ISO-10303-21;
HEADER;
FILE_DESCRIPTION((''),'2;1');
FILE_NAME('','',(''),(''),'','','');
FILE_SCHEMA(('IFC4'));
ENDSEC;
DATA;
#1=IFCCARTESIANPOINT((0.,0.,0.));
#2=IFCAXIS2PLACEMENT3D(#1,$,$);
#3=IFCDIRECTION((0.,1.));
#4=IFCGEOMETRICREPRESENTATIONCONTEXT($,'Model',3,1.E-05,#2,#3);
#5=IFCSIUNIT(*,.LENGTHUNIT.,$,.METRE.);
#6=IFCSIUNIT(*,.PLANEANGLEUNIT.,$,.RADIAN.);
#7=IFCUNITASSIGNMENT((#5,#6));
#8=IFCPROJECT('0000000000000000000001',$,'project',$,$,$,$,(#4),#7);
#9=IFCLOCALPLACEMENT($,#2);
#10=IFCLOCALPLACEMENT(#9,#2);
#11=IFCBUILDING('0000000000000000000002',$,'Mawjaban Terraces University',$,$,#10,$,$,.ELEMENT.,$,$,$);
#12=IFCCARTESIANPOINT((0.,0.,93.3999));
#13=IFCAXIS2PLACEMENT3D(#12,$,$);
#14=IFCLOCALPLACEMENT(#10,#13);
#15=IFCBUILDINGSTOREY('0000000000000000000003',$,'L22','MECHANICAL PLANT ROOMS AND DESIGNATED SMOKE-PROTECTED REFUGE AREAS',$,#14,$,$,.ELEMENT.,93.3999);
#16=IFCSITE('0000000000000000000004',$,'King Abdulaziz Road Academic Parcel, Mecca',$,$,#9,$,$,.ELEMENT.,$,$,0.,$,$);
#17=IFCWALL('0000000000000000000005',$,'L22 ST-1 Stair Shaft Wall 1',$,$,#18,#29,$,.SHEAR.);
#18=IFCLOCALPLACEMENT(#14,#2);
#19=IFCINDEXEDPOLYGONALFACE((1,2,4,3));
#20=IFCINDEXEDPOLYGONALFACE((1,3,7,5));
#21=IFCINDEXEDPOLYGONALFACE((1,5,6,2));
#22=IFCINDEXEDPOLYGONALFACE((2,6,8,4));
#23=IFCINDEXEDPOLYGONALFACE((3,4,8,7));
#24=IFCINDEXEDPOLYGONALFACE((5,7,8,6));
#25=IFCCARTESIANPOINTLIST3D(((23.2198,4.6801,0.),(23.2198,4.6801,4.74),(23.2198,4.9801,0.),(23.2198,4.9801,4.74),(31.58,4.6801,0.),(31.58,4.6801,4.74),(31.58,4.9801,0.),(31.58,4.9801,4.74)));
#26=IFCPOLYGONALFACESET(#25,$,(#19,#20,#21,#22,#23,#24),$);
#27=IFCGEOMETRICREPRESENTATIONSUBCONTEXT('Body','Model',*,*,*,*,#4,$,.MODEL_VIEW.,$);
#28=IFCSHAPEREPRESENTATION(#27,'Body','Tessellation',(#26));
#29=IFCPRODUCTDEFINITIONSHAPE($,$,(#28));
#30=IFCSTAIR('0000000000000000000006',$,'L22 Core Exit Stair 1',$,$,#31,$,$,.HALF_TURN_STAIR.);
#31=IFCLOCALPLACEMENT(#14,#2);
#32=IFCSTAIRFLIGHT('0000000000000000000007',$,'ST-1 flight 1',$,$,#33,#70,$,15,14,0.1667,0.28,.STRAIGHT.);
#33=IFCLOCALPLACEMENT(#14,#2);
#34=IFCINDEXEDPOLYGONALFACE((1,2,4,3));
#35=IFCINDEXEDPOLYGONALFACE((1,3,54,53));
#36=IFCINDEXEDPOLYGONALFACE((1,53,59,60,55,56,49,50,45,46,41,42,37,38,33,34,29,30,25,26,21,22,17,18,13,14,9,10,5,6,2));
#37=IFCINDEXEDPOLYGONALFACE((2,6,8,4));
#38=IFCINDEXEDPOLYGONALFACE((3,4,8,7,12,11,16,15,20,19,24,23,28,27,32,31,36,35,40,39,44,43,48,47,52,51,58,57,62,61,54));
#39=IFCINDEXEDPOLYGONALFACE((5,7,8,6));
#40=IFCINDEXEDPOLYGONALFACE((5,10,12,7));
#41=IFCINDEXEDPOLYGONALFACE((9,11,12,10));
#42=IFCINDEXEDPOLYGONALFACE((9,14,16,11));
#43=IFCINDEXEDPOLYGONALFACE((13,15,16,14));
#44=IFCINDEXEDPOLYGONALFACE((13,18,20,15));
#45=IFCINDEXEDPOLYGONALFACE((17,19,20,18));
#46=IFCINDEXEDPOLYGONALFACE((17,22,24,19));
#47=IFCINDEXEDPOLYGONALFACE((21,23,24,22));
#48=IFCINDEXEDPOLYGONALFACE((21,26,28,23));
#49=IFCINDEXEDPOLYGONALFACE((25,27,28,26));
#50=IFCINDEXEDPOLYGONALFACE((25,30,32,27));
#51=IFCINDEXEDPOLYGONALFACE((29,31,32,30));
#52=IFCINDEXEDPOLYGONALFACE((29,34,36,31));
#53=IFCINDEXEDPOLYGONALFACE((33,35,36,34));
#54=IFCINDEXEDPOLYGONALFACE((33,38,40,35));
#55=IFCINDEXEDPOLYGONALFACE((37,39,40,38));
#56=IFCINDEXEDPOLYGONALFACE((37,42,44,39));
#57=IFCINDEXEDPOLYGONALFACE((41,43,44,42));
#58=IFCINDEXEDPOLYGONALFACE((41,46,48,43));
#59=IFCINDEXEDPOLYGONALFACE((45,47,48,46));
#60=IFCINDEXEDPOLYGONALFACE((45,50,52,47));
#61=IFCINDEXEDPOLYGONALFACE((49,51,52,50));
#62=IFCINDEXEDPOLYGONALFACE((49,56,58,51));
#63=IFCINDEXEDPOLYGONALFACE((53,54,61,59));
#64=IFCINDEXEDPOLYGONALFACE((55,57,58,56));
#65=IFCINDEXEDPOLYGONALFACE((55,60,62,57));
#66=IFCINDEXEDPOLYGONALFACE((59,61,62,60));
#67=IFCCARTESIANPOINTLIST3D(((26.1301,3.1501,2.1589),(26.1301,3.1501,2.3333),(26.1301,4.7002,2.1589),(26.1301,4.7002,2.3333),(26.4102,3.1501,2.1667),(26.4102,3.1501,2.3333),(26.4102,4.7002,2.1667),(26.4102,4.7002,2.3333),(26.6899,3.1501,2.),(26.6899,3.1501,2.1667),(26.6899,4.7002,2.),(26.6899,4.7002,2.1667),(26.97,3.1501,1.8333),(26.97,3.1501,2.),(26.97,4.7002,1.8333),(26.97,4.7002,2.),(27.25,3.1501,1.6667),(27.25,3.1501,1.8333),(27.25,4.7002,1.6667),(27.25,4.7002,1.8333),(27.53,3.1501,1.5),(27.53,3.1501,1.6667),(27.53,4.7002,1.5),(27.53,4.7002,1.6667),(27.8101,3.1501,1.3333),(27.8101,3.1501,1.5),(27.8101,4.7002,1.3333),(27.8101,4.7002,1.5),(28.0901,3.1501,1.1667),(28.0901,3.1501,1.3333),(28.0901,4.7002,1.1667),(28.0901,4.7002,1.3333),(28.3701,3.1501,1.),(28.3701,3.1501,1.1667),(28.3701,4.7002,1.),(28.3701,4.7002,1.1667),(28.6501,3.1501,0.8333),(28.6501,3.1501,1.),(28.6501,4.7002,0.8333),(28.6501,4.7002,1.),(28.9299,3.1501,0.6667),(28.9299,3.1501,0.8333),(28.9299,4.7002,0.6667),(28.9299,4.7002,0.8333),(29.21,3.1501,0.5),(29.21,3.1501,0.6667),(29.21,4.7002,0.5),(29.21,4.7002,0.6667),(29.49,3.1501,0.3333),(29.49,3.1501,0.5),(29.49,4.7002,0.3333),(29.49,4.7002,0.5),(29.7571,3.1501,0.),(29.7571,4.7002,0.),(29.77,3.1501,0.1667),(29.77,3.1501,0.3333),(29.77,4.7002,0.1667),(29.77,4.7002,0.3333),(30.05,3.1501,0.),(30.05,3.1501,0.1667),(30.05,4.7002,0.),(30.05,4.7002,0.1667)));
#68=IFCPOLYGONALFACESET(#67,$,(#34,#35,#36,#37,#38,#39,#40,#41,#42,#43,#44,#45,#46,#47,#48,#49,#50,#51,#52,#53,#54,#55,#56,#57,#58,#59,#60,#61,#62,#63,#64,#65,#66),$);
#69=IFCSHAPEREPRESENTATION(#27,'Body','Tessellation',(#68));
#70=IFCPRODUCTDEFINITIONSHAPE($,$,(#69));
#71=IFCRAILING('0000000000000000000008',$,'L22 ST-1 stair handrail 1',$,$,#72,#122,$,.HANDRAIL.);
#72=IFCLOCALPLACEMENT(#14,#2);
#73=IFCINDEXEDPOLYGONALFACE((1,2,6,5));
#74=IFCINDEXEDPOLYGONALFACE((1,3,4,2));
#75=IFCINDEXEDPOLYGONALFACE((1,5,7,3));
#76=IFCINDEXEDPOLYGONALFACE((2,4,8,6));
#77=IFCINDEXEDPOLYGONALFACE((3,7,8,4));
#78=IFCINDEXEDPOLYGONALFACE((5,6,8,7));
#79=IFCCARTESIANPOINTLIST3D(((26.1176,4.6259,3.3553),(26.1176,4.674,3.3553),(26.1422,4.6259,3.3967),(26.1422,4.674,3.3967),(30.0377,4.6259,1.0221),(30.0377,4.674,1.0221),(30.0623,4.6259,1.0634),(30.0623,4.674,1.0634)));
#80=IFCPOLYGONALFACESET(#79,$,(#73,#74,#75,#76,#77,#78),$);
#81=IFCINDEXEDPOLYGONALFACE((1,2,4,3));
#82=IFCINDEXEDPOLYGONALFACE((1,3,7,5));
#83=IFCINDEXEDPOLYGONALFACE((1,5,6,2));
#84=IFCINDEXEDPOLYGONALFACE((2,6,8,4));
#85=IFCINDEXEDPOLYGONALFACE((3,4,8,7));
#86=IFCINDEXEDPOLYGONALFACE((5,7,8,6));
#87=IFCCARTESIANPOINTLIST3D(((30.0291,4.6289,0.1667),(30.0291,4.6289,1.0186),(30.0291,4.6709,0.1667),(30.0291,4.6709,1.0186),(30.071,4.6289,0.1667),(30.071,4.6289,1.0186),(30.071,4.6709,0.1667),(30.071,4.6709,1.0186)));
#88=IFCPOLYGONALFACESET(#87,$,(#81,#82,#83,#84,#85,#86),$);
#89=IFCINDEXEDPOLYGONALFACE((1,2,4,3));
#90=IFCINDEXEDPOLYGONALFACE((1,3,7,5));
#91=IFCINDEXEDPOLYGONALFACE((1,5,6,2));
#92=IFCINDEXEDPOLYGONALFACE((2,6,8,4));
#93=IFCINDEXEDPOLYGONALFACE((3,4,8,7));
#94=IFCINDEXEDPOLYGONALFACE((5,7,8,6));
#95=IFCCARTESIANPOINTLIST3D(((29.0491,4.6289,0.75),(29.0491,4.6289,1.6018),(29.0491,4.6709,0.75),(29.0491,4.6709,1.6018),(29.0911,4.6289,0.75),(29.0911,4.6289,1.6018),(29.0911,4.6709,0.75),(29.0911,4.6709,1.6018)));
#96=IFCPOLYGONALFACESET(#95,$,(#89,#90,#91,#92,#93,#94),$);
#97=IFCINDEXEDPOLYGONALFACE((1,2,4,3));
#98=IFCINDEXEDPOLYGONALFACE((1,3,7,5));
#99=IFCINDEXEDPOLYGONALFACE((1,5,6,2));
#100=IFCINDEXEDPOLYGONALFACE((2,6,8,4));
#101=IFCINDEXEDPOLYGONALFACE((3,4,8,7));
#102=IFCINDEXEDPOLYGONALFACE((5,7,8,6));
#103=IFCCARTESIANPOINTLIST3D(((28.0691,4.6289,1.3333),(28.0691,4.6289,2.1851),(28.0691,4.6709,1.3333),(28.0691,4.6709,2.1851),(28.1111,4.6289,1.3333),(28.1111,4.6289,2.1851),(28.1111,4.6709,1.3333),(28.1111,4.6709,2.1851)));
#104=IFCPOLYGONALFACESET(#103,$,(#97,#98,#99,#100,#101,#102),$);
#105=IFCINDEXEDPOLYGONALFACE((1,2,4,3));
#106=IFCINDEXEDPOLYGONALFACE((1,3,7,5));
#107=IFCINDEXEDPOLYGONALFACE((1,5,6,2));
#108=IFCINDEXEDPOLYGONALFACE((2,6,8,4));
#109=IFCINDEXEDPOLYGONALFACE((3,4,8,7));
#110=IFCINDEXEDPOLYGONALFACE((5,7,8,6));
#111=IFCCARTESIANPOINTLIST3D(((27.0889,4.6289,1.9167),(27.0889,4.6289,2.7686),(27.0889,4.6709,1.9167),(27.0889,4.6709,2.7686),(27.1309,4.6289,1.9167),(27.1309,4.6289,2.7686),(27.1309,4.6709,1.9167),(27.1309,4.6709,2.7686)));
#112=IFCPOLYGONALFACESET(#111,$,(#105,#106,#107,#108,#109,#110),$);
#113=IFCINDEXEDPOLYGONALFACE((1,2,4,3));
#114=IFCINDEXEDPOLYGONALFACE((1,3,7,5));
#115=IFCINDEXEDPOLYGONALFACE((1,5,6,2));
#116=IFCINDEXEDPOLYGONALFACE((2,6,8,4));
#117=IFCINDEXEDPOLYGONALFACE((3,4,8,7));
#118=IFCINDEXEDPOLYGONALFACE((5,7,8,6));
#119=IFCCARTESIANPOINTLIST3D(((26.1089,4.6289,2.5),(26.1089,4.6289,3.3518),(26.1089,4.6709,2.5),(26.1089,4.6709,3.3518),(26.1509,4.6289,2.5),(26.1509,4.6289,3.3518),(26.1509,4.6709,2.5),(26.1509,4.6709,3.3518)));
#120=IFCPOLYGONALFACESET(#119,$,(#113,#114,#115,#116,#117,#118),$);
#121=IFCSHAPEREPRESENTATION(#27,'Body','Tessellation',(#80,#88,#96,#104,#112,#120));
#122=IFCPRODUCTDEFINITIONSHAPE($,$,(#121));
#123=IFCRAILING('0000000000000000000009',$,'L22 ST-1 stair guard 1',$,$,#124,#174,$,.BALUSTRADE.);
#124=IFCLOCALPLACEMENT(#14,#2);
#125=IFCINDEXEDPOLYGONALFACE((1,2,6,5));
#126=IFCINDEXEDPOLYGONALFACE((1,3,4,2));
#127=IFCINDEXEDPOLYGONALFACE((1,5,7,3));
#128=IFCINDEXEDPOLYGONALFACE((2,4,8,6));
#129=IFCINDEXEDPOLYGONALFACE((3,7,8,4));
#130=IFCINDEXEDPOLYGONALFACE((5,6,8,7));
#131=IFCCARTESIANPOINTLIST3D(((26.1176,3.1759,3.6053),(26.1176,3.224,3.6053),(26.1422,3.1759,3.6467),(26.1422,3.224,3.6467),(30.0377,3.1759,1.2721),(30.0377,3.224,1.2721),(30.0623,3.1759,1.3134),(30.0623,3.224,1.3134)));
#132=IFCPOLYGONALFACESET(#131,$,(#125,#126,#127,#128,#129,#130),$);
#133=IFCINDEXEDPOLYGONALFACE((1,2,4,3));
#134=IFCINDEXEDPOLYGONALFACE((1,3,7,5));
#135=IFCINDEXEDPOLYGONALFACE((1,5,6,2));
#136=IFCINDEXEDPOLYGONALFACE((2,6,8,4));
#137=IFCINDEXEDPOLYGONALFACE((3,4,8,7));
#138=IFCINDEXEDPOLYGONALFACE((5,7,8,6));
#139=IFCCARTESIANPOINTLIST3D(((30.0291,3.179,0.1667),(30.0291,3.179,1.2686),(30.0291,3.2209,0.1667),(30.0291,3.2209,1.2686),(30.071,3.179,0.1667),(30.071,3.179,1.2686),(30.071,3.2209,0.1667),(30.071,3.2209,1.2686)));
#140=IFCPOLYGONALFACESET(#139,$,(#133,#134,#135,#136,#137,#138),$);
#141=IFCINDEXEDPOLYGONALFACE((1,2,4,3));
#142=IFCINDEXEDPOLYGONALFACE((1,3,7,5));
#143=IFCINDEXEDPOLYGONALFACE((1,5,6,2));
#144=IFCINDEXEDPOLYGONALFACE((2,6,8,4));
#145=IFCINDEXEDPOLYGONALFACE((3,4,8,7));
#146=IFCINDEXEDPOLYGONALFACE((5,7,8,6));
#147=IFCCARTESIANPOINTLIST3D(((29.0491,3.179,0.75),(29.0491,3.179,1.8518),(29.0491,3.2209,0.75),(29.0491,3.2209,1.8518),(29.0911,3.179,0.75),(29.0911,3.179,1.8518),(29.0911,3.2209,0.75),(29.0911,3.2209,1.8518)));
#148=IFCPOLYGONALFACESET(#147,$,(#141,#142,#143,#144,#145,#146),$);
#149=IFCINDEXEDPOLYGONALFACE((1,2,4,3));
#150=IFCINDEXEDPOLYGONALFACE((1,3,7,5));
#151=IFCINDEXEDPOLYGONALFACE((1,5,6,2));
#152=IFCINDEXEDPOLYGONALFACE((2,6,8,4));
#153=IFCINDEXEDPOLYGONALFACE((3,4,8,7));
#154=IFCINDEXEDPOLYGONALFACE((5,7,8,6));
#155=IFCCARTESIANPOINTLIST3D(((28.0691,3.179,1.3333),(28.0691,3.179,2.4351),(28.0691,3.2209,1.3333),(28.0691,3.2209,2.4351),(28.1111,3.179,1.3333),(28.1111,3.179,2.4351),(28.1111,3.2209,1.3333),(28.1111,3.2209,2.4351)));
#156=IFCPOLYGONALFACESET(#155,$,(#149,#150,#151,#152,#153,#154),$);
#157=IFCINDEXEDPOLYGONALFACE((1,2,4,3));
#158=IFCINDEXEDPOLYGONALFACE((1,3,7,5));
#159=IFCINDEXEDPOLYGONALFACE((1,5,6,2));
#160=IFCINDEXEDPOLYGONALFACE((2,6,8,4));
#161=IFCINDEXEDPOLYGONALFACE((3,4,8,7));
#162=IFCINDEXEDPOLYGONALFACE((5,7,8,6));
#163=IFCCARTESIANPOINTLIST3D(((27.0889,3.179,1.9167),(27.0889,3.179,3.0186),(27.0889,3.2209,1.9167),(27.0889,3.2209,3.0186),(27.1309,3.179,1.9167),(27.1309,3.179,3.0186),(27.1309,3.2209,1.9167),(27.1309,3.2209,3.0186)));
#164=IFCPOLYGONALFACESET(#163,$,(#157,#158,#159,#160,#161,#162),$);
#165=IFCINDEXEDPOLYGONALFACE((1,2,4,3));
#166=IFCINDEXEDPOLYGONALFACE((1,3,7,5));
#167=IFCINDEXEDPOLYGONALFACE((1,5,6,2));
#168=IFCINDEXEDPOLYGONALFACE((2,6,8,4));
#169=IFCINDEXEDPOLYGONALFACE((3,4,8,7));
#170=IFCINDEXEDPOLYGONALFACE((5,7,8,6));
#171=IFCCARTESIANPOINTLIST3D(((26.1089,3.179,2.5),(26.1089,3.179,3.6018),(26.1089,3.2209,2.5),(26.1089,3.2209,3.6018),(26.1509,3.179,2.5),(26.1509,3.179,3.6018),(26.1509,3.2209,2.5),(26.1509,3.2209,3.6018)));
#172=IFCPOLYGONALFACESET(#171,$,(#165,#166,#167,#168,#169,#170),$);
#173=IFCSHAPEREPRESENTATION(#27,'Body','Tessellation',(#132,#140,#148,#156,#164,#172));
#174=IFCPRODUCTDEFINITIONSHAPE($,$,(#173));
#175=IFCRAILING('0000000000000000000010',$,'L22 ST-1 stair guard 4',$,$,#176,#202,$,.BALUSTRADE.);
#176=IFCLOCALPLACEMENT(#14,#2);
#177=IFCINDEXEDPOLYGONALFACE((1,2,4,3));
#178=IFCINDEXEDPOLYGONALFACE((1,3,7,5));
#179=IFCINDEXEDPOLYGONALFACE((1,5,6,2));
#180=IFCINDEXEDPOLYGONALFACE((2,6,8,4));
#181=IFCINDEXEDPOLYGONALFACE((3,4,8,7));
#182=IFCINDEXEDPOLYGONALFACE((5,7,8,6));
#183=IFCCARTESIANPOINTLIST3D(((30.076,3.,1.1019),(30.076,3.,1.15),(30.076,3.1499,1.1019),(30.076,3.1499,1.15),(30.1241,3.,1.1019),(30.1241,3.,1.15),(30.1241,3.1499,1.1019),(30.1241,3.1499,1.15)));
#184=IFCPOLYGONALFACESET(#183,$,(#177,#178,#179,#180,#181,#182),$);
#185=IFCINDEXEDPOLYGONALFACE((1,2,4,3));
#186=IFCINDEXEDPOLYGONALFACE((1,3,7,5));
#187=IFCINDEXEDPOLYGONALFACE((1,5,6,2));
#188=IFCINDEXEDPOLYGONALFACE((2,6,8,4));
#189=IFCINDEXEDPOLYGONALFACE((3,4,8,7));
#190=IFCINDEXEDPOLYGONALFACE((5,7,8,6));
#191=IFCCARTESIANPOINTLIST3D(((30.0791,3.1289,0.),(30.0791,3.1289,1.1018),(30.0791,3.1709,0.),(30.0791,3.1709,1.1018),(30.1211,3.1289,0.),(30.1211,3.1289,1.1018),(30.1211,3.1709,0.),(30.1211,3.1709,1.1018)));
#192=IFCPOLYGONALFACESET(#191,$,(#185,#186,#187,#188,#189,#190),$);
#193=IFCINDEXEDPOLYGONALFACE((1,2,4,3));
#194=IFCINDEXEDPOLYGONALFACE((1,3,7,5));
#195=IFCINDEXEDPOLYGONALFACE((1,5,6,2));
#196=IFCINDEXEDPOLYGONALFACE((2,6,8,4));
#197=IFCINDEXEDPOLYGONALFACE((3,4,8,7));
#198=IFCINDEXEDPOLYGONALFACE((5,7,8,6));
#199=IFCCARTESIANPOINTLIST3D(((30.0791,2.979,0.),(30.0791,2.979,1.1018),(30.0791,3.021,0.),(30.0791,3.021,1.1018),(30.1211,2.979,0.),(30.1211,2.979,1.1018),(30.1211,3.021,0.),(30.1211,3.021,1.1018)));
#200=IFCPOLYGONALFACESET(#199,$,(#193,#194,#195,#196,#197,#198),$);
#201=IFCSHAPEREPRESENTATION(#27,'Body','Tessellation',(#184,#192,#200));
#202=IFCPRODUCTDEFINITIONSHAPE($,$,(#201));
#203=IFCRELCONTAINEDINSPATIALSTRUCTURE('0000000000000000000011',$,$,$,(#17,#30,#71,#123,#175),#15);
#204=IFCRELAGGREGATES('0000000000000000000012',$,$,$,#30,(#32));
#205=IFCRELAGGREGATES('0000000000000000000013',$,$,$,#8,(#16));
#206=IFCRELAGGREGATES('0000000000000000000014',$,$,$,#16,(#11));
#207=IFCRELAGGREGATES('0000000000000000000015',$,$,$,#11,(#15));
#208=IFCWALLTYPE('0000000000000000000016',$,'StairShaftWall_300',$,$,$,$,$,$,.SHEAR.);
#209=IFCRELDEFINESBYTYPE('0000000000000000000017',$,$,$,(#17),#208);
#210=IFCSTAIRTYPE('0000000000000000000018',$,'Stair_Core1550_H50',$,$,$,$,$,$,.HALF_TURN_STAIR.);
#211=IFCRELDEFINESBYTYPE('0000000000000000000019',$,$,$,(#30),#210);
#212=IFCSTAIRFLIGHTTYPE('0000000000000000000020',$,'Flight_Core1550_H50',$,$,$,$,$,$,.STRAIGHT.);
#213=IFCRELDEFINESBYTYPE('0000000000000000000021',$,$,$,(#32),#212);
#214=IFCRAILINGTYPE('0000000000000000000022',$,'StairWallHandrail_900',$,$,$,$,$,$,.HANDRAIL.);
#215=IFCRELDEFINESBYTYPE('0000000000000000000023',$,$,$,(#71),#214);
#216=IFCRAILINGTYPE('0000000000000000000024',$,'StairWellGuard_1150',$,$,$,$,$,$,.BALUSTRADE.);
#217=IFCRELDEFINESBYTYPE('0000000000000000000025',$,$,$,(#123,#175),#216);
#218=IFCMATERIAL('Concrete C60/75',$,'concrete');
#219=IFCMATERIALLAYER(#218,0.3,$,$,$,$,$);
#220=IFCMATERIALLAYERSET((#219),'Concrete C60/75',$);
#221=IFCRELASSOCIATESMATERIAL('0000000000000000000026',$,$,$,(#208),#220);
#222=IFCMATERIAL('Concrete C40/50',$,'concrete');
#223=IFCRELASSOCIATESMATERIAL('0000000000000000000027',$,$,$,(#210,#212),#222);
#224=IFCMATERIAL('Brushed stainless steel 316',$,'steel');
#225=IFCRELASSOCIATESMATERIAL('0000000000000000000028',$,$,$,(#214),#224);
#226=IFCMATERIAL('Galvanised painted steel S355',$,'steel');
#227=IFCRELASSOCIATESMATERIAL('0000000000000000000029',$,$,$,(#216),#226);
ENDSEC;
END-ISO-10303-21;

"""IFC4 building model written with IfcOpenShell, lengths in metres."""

from ifc_helpers import new_model, si_unit, direction, frame, frame_2d, origin, origin_2d, place, context, subcontext, project, spatial, polyline, rectangle, outline, extrude, material, layer, layer_set, type_object, element, aggregate, save


model = new_model("IFC4")

# Units and contexts
model_context = context("Model", 3, precision=1e-05, world=origin(), true_north=direction((0.0, 1.0)))
body_context = subcontext(model_context, "Body", "Model", "MODEL_VIEW")
ifc_project = project(units=[si_unit("LENGTHUNIT", "METRE"), si_unit("PLANEANGLEUNIT", "RADIAN")], contexts=[model_context])

# Site, building, storey
site_placement = place(None, origin())
site = spatial("IfcSite", under=ifc_project, at=site_placement, Name="King Abdulaziz Road Academic Parcel, Mecca", CompositionType="ELEMENT", RefElevation=0.0)
building_placement = place(site_placement, origin())
building = spatial("IfcBuilding", under=site, at=building_placement, Name="Mawjaban Terraces University", CompositionType="ELEMENT")
storey_placement = place(building_placement, frame((0.0, 0.0, 93.3999)))
storey = spatial("IfcBuildingStorey", under=building, at=storey_placement, Name="L22", Description="MECHANICAL PLANT ROOMS AND DESIGNATED SMOKE-PROTECTED REFUGE AREAS", CompositionType="ELEMENT", Elevation=93.3999)

# Shared definitions
ifc_material_1 = material(Name="Concrete C40/50", Category="concrete")

# Wall
ifc_material_2 = material(Name="Concrete C60/75", Category="concrete")
ifc_layer_1 = layer(ifc_material_2, 0.3)
ifc_layer_set_1 = layer_set([ifc_layer_1], Name="Concrete C60/75")
wall_type_1 = type_object("IfcWallType", Name="StairShaftWall_300", PredefinedType="SHEAR", material=ifc_layer_set_1)
wall_1_placement = place(storey_placement, frame((31.5801, 4.8301, 0.0), z_axis=(0.0, 0.0, 1.0), x_axis=(-1.0, 0.0, 0.0)))
element("IfcWall", 1, at=wall_1_placement, inside=storey, type_object=wall_type_1, Name="L22 ST-1 Stair Shaft Wall 1", PredefinedType="SHEAR", context=body_context, shape_type="SweptSolid", body=[
    extrude(rectangle(XDim=8.3601, YDim=0.3, at=frame_2d((4.1802, 0.0))), origin(), (0.0, 0.0, 1.0), 4.74),
])

# Stair, stair flight
stair_type = type_object("IfcStairType", Name="Stair_Core1550_H50", PredefinedType="HALF_TURN_STAIR", material=ifc_material_1)
stair_placement = place(storey_placement, origin())
stair = element("IfcStair", 2, at=stair_placement, inside=storey, type_object=stair_type, Name="L22 Core Exit Stair 1", PredefinedType="HALF_TURN_STAIR")
stair_flight_type = type_object("IfcStairFlightType", Name="Flight_Core1550_H50", PredefinedType="STRAIGHT", material=ifc_material_1)
stair_flight_placement = place(storey_placement, frame((30.05, 3.925, 0.0), z_axis=(0.0, 0.0, 1.0), x_axis=(-1.0, 0.0, 0.0)))
stair_flight = element("IfcStairFlight", 3, at=stair_flight_placement, type_object=stair_flight_type, Name="ST-1 flight 1", NumberOfRisers=15, NumberOfTreads=14, PredefinedType="STRAIGHT", RiserHeight=0.1667, TreadLength=0.28, context=body_context, shape_type="SweptSolid", body=[
    extrude(outline(polyline([(0.0, 0.0), (0.0, 0.1667), (0.28, 0.1667), (0.28, 0.3333), (0.5601, 0.3333), (0.5601, 0.5), (0.8401, 0.5), (0.8401, 0.6667), (1.1201, 0.6667), (1.1201, 0.8333), (1.3999, 0.8333), (1.3999, 1.0), (1.6799, 1.0), (1.6799, 1.1667), (1.96, 1.1667), (1.96, 1.3333), (2.24, 1.3333), (2.24, 1.5), (2.52, 1.5), (2.52, 1.6667), (2.8, 1.6667), (2.8, 1.8333), (3.0801, 1.8333), (3.0801, 2.0), (3.3601, 2.0), (3.3601, 2.1667), (3.6399, 2.1667), (3.6399, 2.3333), (3.9199, 2.3333), (3.9199, 2.5), (3.9199, 2.1589), (0.293, 0.0), (0.0, 0.0)])), frame((0.0, 0.7749, 0.0), z_axis=(0.0, -1.0, 0.0), x_axis=(1.0, 0.0, 0.0)), (0.0, 0.0, 1.0), 1.55),
])
aggregate(stair, [stair_flight])

# Railings
ifc_material_3 = material(Name="Brushed stainless steel 316", Category="steel")
railing_type_1 = type_object("IfcRailingType", Name="StairWallHandrail_900", PredefinedType="HANDRAIL", material=ifc_material_3)
railing_1_placement = place(storey_placement, frame((30.05, 4.6499, 0.1667)))
element("IfcRailing", 4, at=railing_1_placement, inside=storey, type_object=railing_type_1, Name="L22 ST-1 stair handrail 1", PredefinedType="HANDRAIL", context=body_context, shape_type="SweptSolid", body=[
    extrude(rectangle(XDim=0.0481, YDim=0.0481, at=origin_2d()), frame((0.0, 0.0, 0.876), z_axis=(-0.85931, 0.0, 0.511455), x_axis=(0.0, -1.0, 0.0)), (0.0, 0.0, 1.0), 4.562),
    extrude(rectangle(XDim=0.042, YDim=0.042, at=origin_2d()), origin(), (0.0, 0.0, 1.0), 0.8518),
    extrude(rectangle(XDim=0.042, YDim=0.042, at=origin_2d()), frame((-0.98, 0.0, 0.5833)), (0.0, 0.0, 1.0), 0.8518),
    extrude(rectangle(XDim=0.042, YDim=0.042, at=origin_2d()), frame((-1.96, 0.0, 1.1665)), (0.0, 0.0, 1.0), 0.8518),
    extrude(rectangle(XDim=0.042, YDim=0.042, at=origin_2d()), frame((-2.9402, 0.0, 1.75)), (0.0, 0.0, 1.0), 0.8518),
    extrude(rectangle(XDim=0.042, YDim=0.042, at=origin_2d()), frame((-3.9202, 0.0, 2.3333)), (0.0, 0.0, 1.0), 0.8518),
])
ifc_material_4 = material(Name="Galvanised painted steel S355", Category="steel")
railing_type_2 = type_object("IfcRailingType", Name="StairWellGuard_1150", PredefinedType="BALUSTRADE", material=ifc_material_4)
railing_2_placement = place(storey_placement, frame((30.05, 3.2, 0.1667)))
element("IfcRailing", 5, at=railing_2_placement, inside=storey, type_object=railing_type_2, Name="L22 ST-1 stair guard 1", PredefinedType="BALUSTRADE", context=body_context, shape_type="SweptSolid", body=[
    extrude(rectangle(XDim=0.0481, YDim=0.0481, at=origin_2d()), frame((0.0, 0.0, 1.126), z_axis=(-0.85931, 0.0, 0.511455), x_axis=(0.0, -1.0, 0.0)), (0.0, 0.0, 1.0), 4.562),
    extrude(rectangle(XDim=0.042, YDim=0.042, at=origin_2d()), origin(), (0.0, 0.0, 1.0), 1.1018),
    extrude(rectangle(XDim=0.042, YDim=0.042, at=origin_2d()), frame((-0.98, 0.0, 0.5833)), (0.0, 0.0, 1.0), 1.1018),
    extrude(rectangle(XDim=0.042, YDim=0.042, at=origin_2d()), frame((-1.96, 0.0, 1.1665)), (0.0, 0.0, 1.0), 1.1018),
    extrude(rectangle(XDim=0.042, YDim=0.042, at=origin_2d()), frame((-2.9402, 0.0, 1.75)), (0.0, 0.0, 1.0), 1.1018),
    extrude(rectangle(XDim=0.042, YDim=0.042, at=origin_2d()), frame((-3.9202, 0.0, 2.3333)), (0.0, 0.0, 1.0), 1.1018),
])
railing_3_placement = place(storey_placement, frame((30.1001, 3.1499, 0.0)))
element("IfcRailing", 6, at=railing_3_placement, inside=storey, type_object=railing_type_2, Name="L22 ST-1 stair guard 4", PredefinedType="BALUSTRADE", context=body_context, shape_type="SweptSolid", body=[
    extrude(rectangle(XDim=0.0481, YDim=0.0481, at=origin_2d()), frame((0.0, 0.0, 1.126), z_axis=(0.0, -1.0, 0.0), x_axis=(1.0, 0.0, 0.0)), (0.0, 0.0, 1.0), 0.1499),
    extrude(rectangle(XDim=0.042, YDim=0.042, at=origin_2d()), origin(), (0.0, 0.0, 1.0), 1.1018),
    extrude(rectangle(XDim=0.042, YDim=0.042, at=origin_2d()), frame((0.0, -0.1499, 0.0)), (0.0, 0.0, 1.0), 1.1018),
])

save(model, "model.ifc")
